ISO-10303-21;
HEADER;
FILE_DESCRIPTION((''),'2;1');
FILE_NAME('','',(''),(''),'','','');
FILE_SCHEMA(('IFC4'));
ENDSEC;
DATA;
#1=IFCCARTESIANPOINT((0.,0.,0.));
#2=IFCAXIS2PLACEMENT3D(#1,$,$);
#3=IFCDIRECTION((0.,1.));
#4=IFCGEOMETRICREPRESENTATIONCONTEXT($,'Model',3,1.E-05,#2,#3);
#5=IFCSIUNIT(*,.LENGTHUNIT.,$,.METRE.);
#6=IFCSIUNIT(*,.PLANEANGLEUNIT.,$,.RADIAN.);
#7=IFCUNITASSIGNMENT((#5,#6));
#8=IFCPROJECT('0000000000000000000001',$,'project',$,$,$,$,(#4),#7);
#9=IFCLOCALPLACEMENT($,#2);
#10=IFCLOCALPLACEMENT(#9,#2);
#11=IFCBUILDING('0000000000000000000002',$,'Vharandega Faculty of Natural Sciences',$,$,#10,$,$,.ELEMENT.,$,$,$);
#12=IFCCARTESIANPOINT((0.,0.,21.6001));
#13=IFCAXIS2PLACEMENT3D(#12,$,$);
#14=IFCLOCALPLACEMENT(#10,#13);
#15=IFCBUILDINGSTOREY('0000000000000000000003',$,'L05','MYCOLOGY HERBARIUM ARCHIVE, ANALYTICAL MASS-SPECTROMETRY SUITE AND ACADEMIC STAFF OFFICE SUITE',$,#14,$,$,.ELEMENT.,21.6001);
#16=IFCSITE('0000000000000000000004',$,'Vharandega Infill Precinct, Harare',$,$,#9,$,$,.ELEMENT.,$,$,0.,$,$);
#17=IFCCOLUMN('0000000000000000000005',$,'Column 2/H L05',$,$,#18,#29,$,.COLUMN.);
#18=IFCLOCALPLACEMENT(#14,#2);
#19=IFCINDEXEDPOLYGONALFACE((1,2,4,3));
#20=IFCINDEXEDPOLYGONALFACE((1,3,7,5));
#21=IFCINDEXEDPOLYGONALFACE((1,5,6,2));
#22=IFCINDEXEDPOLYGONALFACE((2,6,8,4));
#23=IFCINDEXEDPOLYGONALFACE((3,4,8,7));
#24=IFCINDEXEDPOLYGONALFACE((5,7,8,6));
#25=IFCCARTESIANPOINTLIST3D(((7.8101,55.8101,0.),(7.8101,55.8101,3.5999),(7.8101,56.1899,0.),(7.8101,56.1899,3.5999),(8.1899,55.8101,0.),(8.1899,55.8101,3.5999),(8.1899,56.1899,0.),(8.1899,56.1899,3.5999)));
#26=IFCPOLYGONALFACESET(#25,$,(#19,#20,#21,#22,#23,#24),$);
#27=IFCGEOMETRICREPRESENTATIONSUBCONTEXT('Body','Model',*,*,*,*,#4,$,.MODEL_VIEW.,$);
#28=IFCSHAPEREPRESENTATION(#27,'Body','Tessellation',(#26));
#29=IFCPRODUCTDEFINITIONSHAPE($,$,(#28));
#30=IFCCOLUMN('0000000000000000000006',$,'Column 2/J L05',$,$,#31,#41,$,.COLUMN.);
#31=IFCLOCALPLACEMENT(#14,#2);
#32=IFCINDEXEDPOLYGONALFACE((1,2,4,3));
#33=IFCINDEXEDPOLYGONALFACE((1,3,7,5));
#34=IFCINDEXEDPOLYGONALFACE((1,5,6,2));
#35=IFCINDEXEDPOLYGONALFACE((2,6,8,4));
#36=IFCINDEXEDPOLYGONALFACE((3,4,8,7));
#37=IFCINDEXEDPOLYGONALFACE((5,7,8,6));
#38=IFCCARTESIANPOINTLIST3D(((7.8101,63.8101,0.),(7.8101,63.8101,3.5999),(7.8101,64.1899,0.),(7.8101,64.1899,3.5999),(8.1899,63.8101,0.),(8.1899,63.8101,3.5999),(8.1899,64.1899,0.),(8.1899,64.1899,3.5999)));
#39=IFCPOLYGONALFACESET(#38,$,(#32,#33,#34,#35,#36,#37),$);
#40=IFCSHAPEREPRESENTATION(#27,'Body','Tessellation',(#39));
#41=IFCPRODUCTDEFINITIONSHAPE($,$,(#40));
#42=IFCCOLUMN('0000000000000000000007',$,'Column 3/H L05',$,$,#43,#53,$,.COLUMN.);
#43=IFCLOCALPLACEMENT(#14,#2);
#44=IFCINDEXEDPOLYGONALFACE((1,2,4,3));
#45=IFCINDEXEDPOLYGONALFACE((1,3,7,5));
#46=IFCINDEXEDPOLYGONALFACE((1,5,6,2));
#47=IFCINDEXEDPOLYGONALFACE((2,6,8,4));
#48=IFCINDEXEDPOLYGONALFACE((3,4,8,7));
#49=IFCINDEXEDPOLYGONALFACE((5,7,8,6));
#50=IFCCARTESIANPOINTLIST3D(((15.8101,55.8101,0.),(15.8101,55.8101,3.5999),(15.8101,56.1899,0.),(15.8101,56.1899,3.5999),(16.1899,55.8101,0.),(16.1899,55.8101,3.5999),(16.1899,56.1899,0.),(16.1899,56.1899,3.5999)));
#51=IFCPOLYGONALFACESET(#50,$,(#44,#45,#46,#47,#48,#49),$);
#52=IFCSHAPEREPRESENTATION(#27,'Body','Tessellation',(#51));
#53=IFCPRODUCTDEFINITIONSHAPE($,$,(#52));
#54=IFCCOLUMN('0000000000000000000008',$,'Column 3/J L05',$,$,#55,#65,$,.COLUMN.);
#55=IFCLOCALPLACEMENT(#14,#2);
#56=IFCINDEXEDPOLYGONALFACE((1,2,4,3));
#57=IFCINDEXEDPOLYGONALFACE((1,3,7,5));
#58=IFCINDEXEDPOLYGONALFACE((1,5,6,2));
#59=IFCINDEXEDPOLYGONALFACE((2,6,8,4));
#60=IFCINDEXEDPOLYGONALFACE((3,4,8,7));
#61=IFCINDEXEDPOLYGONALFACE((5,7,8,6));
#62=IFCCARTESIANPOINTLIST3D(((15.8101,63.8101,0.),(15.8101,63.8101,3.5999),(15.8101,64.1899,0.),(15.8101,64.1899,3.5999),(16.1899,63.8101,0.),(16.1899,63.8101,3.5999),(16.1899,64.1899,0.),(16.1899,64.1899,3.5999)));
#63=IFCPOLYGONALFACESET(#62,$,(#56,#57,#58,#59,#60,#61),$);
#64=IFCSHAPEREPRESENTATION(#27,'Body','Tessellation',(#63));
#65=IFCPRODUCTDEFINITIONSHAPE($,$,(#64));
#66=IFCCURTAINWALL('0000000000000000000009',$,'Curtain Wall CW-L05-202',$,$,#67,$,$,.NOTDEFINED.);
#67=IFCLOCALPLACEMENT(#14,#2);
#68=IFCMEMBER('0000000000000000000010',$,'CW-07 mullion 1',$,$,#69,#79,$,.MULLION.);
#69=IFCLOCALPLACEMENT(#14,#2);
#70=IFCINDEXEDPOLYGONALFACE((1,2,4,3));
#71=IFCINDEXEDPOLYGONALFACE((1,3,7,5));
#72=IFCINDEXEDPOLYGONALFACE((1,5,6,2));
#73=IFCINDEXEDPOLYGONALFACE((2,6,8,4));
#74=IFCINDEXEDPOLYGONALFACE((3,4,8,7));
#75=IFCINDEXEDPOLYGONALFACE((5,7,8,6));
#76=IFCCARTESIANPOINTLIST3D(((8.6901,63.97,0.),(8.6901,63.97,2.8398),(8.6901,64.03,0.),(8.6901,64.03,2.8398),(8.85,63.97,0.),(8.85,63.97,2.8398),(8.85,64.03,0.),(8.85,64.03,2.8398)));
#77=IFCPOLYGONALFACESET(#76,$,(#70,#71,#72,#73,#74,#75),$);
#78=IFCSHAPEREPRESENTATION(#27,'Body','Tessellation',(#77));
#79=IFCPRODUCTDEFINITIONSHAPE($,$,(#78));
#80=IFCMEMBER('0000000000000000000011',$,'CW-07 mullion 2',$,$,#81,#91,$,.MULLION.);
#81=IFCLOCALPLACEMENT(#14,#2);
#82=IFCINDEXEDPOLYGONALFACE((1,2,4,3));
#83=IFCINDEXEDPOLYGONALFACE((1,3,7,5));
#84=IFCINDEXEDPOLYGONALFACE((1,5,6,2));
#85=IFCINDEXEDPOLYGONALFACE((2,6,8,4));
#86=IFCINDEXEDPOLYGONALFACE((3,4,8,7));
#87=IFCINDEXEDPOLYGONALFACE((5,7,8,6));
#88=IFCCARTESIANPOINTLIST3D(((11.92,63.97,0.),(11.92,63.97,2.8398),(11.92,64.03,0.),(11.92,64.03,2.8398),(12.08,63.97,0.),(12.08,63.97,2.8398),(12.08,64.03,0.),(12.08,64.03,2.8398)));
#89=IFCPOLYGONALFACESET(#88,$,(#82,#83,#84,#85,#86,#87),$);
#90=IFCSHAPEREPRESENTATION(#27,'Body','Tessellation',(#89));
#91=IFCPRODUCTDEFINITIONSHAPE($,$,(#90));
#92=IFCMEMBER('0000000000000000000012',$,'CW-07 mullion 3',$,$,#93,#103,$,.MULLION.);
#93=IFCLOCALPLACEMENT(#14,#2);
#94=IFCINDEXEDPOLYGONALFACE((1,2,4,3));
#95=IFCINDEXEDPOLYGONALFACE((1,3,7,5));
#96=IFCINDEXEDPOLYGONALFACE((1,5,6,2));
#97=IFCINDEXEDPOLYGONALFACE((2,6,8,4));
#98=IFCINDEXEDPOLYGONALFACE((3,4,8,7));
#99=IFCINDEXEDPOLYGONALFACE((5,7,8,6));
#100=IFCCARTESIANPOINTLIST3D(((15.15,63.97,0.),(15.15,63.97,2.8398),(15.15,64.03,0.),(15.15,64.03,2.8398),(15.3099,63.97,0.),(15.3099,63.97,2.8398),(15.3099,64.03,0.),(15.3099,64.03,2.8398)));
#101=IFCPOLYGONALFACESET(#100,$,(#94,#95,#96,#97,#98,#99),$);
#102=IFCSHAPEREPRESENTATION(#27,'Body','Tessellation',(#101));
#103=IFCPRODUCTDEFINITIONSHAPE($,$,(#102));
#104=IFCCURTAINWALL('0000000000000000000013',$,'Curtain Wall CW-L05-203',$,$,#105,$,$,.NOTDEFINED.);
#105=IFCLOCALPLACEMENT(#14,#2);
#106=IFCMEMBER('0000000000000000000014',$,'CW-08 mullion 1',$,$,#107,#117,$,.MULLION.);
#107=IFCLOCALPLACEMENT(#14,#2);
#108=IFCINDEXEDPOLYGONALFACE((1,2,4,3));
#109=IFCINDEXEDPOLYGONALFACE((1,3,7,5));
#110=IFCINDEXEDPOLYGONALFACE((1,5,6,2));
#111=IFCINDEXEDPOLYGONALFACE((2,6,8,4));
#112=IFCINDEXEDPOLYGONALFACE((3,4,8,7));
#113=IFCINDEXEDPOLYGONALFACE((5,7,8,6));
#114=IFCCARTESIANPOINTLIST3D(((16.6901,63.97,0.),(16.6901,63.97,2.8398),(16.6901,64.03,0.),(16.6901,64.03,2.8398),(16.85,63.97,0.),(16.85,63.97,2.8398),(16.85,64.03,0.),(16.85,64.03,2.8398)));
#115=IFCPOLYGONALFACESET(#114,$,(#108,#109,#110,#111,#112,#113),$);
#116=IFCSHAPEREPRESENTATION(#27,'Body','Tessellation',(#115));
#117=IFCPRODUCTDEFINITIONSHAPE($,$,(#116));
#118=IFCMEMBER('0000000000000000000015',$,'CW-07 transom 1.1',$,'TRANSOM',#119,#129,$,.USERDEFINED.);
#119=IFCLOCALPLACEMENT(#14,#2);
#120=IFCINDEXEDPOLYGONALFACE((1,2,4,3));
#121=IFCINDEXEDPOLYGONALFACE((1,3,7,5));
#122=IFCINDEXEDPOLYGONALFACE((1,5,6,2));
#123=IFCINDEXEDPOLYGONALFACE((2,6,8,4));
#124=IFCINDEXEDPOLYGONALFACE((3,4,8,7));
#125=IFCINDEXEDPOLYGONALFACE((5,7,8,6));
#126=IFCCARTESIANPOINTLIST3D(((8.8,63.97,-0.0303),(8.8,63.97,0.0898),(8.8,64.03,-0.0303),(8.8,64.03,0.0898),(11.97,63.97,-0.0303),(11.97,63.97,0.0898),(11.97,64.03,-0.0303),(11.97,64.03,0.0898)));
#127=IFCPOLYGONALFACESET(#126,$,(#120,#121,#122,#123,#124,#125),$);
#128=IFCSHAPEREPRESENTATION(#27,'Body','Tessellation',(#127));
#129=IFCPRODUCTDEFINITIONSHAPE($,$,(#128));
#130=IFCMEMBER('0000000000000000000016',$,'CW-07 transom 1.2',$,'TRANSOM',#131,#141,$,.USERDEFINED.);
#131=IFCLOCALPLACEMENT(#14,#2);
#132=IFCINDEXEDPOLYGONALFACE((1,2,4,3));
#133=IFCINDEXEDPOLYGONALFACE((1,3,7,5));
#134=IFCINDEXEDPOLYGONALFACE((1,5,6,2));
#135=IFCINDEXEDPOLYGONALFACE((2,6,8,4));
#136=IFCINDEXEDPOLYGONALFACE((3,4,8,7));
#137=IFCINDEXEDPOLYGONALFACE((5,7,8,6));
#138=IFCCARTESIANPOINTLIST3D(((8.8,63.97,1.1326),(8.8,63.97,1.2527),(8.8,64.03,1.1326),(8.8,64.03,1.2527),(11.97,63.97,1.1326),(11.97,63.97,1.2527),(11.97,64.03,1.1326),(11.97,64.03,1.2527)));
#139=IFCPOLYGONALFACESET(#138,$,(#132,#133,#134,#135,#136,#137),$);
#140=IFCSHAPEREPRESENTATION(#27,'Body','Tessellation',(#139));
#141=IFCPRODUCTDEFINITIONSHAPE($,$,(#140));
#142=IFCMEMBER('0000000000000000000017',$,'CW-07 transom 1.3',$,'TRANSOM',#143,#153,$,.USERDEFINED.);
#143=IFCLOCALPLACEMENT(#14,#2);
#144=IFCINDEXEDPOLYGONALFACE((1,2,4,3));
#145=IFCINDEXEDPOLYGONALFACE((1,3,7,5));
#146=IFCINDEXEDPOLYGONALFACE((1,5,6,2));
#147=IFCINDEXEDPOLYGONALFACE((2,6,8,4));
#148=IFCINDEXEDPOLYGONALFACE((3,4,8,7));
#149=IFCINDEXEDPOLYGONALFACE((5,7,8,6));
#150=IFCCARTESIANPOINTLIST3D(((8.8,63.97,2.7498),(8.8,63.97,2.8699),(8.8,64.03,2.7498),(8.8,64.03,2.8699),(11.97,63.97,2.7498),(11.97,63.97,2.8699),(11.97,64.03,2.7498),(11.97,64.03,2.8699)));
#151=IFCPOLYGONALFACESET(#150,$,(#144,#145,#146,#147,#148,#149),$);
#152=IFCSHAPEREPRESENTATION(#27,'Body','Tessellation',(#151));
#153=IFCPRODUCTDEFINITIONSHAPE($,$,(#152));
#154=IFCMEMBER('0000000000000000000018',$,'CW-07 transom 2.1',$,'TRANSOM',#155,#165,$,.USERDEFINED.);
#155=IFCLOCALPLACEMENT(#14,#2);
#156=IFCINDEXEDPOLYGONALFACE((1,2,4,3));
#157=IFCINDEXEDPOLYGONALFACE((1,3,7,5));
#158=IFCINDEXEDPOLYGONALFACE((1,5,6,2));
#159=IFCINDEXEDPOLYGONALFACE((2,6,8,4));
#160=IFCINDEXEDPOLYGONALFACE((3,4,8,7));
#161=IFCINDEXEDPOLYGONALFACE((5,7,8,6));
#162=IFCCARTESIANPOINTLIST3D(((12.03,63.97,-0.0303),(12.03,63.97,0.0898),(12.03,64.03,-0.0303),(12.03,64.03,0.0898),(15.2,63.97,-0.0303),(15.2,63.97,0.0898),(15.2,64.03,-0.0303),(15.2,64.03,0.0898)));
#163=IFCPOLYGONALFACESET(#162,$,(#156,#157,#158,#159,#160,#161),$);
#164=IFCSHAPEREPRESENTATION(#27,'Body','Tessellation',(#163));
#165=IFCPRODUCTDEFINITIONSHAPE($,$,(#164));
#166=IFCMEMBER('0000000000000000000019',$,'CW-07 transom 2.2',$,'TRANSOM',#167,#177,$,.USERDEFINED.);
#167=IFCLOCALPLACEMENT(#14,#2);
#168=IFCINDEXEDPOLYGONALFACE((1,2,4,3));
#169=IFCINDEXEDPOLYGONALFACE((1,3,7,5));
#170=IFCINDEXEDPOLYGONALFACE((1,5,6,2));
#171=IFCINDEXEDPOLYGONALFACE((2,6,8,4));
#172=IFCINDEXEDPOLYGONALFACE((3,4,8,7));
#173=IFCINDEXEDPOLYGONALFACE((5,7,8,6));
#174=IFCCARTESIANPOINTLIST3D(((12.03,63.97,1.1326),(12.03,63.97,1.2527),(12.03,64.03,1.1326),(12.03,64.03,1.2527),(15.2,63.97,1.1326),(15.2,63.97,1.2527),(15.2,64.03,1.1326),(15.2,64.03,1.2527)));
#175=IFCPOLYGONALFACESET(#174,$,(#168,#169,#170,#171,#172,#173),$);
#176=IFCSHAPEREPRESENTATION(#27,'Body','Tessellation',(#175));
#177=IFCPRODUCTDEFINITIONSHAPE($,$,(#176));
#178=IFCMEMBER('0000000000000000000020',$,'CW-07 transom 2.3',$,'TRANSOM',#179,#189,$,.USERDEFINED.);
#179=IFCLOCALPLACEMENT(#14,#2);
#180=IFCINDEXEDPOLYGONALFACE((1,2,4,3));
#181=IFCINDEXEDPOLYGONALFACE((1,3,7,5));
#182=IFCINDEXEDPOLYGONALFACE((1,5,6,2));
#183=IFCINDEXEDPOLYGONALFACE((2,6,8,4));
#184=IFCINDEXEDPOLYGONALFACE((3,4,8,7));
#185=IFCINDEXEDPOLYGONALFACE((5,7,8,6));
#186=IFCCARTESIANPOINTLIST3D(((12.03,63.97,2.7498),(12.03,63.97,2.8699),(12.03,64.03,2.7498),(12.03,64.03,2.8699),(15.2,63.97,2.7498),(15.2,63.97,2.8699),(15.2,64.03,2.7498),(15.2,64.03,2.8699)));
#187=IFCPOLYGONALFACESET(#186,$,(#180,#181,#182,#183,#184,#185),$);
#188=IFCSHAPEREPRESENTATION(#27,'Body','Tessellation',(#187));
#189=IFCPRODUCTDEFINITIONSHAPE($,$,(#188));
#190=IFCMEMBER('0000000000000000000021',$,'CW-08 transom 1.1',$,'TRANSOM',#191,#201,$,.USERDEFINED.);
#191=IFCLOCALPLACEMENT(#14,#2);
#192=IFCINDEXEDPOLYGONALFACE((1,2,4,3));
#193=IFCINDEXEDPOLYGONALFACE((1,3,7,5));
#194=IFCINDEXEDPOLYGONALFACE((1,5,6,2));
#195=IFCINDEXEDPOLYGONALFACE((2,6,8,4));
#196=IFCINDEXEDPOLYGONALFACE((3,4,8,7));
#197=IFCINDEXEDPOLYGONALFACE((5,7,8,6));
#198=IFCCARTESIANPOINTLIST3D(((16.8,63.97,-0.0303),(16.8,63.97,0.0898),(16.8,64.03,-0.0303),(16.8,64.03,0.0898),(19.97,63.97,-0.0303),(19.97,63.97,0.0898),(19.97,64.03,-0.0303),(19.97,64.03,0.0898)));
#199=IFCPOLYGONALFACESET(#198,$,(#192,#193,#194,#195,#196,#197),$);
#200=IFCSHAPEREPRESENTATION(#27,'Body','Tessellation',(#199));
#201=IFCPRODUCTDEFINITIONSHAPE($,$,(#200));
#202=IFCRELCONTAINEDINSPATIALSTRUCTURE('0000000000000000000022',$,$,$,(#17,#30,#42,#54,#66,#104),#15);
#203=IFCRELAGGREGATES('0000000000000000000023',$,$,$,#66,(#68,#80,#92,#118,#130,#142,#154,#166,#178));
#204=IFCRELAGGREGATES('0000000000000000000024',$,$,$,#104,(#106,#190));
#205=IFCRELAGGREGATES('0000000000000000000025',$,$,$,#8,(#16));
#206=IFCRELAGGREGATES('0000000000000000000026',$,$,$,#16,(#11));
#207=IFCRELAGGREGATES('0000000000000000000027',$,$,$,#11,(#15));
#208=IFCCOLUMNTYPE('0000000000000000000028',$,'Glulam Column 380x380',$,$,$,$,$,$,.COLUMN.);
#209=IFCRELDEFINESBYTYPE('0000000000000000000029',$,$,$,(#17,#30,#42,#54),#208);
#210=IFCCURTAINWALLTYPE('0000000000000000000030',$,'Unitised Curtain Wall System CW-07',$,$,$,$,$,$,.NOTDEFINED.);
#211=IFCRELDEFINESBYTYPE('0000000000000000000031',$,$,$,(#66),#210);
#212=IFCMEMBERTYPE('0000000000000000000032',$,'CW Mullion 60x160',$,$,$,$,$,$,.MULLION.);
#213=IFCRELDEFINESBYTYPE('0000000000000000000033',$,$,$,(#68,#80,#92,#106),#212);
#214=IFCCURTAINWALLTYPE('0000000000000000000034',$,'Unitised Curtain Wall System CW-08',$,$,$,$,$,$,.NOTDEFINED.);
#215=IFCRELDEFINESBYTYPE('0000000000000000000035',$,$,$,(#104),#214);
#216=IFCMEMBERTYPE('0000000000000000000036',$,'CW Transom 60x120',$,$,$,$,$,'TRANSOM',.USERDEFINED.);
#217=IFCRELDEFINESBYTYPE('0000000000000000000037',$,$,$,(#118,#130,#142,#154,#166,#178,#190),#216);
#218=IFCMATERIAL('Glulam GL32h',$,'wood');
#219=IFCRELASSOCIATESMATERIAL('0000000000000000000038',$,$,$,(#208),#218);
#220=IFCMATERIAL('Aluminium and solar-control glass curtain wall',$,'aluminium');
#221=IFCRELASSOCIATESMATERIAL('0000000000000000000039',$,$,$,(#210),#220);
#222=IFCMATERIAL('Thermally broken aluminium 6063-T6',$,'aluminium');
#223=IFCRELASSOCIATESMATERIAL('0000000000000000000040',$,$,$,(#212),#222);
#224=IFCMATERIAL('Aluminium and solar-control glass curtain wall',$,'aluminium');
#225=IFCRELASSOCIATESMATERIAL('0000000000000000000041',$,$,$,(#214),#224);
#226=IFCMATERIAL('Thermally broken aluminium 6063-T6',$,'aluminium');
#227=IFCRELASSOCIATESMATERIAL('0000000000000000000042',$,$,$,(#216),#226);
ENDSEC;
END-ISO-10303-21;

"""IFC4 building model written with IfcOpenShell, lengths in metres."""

from ifc_helpers import new_model, si_unit, direction, frame, origin, origin_2d, place, context, subcontext, project, spatial, rectangle, extrude, material, material_profile, profile_set, type_object, element, aggregate, save


model = new_model("IFC4")

# Units and contexts
model_context = context("Model", 3, precision=1e-05, world=origin(), true_north=direction((0.0, 1.0)))
body_context = subcontext(model_context, "Body", "Model", "MODEL_VIEW")
ifc_project = project(units=[si_unit("LENGTHUNIT", "METRE"), si_unit("PLANEANGLEUNIT", "RADIAN")], contexts=[model_context])

# Site, building, storey
site_placement = place(None, origin())
site = spatial("IfcSite", under=ifc_project, at=site_placement, Name="Vharandega Infill Precinct, Harare", CompositionType="ELEMENT", RefElevation=0.0)
building_placement = place(site_placement, origin())
building = spatial("IfcBuilding", under=site, at=building_placement, Name="Vharandega Faculty of Natural Sciences", CompositionType="ELEMENT")
storey_placement = place(building_placement, frame((0.0, 0.0, 21.6001)))
storey = spatial("IfcBuildingStorey", under=building, at=storey_placement, Name="L05", Description="MYCOLOGY HERBARIUM ARCHIVE, ANALYTICAL MASS-SPECTROMETRY SUITE AND ACADEMIC STAFF OFFICE SUITE", CompositionType="ELEMENT", Elevation=21.6001)

# Columns
ifc_material_1 = material(Name="Glulam GL32h", Category="wood")
ifc_material_profile_1 = material_profile(ifc_material_1, rectangle(XDim=0.3799, YDim=0.3799, at=origin_2d()), Name="GL32h 380x380")
ifc_profile_set_1 = profile_set([ifc_material_profile_1], Name="Glulam GL32h")
column_type = type_object("IfcColumnType", Name="Glulam Column 380x380", PredefinedType="COLUMN", material=ifc_profile_set_1)
for number, where, z_axis, x_axis, name in (
    (1, (8.0, 56.0, 0.0), (0.0, 0.0, 1.0), (1.0, 0.0, 0.0), "Column 2/H L05"),
    (2, (8.0, 64.0, 0.0), (0.0, 0.0, 1.0), (1.0, 0.0, 0.0), "Column 2/J L05"),
    (3, (16.0, 56.0, 0.0), (0.0, 0.0, 1.0), (1.0, 0.0, 0.0), "Column 3/H L05"),
    (4, (16.0, 64.0, 0.0), (0.0, 0.0, 1.0), (1.0, 0.0, 0.0), "Column 3/J L05"),
):
    element("IfcColumn", number, at=place(storey_placement, frame(where, z_axis=z_axis, x_axis=x_axis)), inside=storey, type_object=column_type, Name=name, PredefinedType="COLUMN", context=body_context, shape_type="SweptSolid", body=[
        extrude(rectangle(XDim=0.3799, YDim=0.3799, at=origin_2d()), origin(), (0.0, 0.0, 1.0), 3.5999),
    ])

# Curtain wall, members
ifc_material_2 = material(Name="Aluminium and solar-control glass curtain wall", Category="aluminium")
curtain_wall_type_1 = type_object("IfcCurtainWallType", Name="Unitised Curtain Wall System CW-07", PredefinedType="NOTDEFINED", material=ifc_material_2)
curtain_wall_1_placement = place(storey_placement, origin())
curtain_wall_1 = element("IfcCurtainWall", 5, at=curtain_wall_1_placement, inside=storey, type_object=curtain_wall_type_1, Name="Curtain Wall CW-L05-202", PredefinedType="NOTDEFINED")
ifc_material_3 = material(Name="Thermally broken aluminium 6063-T6", Category="aluminium")
ifc_material_profile_2 = material_profile(ifc_material_3, rectangle(XDim=0.0601, YDim=0.1599, at=origin_2d()), Name="ALU 60x160")
ifc_profile_set_2 = profile_set([ifc_material_profile_2], Name="Thermally broken aluminium 6063-T6")
member_type_1 = type_object("IfcMemberType", Name="CW Mullion 60x160", PredefinedType="MULLION", material=ifc_profile_set_2)
member_1_placement = place(storey_placement, frame((8.77, 64.0, 0.0), z_axis=(0.0, 0.0, 1.0), x_axis=(0.0, 1.0, 0.0)))
member_1 = element("IfcMember", 6, at=member_1_placement, type_object=member_type_1, Name="CW-07 mullion 1", PredefinedType="MULLION", context=body_context, shape_type="SweptSolid", body=[
    extrude(rectangle(XDim=0.0601, YDim=0.1599, at=origin_2d()), origin(), (0.0, 0.0, 1.0), 2.8398),
])
member_2_placement = place(storey_placement, frame((12.0, 64.0, 0.0), z_axis=(0.0, 0.0, 1.0), x_axis=(0.0, 1.0, 0.0)))
member_2 = element("IfcMember", 7, at=member_2_placement, type_object=member_type_1, Name="CW-07 mullion 2", PredefinedType="MULLION", context=body_context, shape_type="SweptSolid", body=[
    extrude(rectangle(XDim=0.0601, YDim=0.1599, at=origin_2d()), origin(), (0.0, 0.0, 1.0), 2.8398),
])
member_3_placement = place(storey_placement, frame((15.23, 64.0, 0.0), z_axis=(0.0, 0.0, 1.0), x_axis=(0.0, 1.0, 0.0)))
member_3 = element("IfcMember", 8, at=member_3_placement, type_object=member_type_1, Name="CW-07 mullion 3", PredefinedType="MULLION", context=body_context, shape_type="SweptSolid", body=[
    extrude(rectangle(XDim=0.0601, YDim=0.1599, at=origin_2d()), origin(), (0.0, 0.0, 1.0), 2.8398),
])

# Curtain wall, member
ifc_material_4 = material(Name="Aluminium and solar-control glass curtain wall", Category="aluminium")
curtain_wall_type_2 = type_object("IfcCurtainWallType", Name="Unitised Curtain Wall System CW-08", PredefinedType="NOTDEFINED", material=ifc_material_4)
curtain_wall_2_placement = place(storey_placement, origin())
curtain_wall_2 = element("IfcCurtainWall", 9, at=curtain_wall_2_placement, inside=storey, type_object=curtain_wall_type_2, Name="Curtain Wall CW-L05-203", PredefinedType="NOTDEFINED")
member_4_placement = place(storey_placement, frame((16.77, 64.0, 0.0), z_axis=(0.0, 0.0, 1.0), x_axis=(0.0, 1.0, 0.0)))
member_4 = element("IfcMember", 10, at=member_4_placement, type_object=member_type_1, Name="CW-08 mullion 1", PredefinedType="MULLION", context=body_context, shape_type="SweptSolid", body=[
    extrude(rectangle(XDim=0.0601, YDim=0.1599, at=origin_2d()), origin(), (0.0, 0.0, 1.0), 2.8398),
])

# Members
ifc_material_5 = material(Name="Thermally broken aluminium 6063-T6", Category="aluminium")
ifc_material_profile_3 = material_profile(ifc_material_5, rectangle(XDim=0.0601, YDim=0.1201, at=origin_2d()), Name="ALU 60x120")
ifc_profile_set_3 = profile_set([ifc_material_profile_3], Name="Thermally broken aluminium 6063-T6")
member_type_2 = type_object("IfcMemberType", Name="CW Transom 60x120", ElementType="TRANSOM", PredefinedType="USERDEFINED", material=ifc_profile_set_3)
member_5_placement = place(storey_placement, frame((8.8, 64.0, 0.0298), z_axis=(1.0, 0.0, 0.0), x_axis=(0.0, 1.0, 0.0)))
member_5 = element("IfcMember", 11, at=member_5_placement, type_object=member_type_2, Name="CW-07 transom 1.1", ObjectType="TRANSOM", PredefinedType="USERDEFINED", context=body_context, shape_type="SweptSolid", body=[
    extrude(rectangle(XDim=0.0601, YDim=0.1201, at=origin_2d()), origin(), (0.0, 0.0, 1.0), 3.1699),
])
member_6_placement = place(storey_placement, frame((8.8, 64.0, 1.1926), z_axis=(1.0, 0.0, 0.0), x_axis=(0.0, 1.0, 0.0)))
member_6 = element("IfcMember", 12, at=member_6_placement, type_object=member_type_2, Name="CW-07 transom 1.2", ObjectType="TRANSOM", PredefinedType="USERDEFINED", context=body_context, shape_type="SweptSolid", body=[
    extrude(rectangle(XDim=0.0601, YDim=0.1201, at=origin_2d()), origin(), (0.0, 0.0, 1.0), 3.1699),
])
member_7_placement = place(storey_placement, frame((8.8, 64.0, 2.8098), z_axis=(1.0, 0.0, 0.0), x_axis=(0.0, 1.0, 0.0)))
member_7 = element("IfcMember", 13, at=member_7_placement, type_object=member_type_2, Name="CW-07 transom 1.3", ObjectType="TRANSOM", PredefinedType="USERDEFINED", context=body_context, shape_type="SweptSolid", body=[
    extrude(rectangle(XDim=0.0601, YDim=0.1201, at=origin_2d()), origin(), (0.0, 0.0, 1.0), 3.1699),
])
member_8_placement = place(storey_placement, frame((12.03, 64.0, 0.0298), z_axis=(1.0, 0.0, 0.0), x_axis=(0.0, 1.0, 0.0)))
member_8 = element("IfcMember", 14, at=member_8_placement, type_object=member_type_2, Name="CW-07 transom 2.1", ObjectType="TRANSOM", PredefinedType="USERDEFINED", context=body_context, shape_type="SweptSolid", body=[
    extrude(rectangle(XDim=0.0601, YDim=0.1201, at=origin_2d()), origin(), (0.0, 0.0, 1.0), 3.1699),
])
member_9_placement = place(storey_placement, frame((12.03, 64.0, 1.1926), z_axis=(1.0, 0.0, 0.0), x_axis=(0.0, 1.0, 0.0)))
member_9 = element("IfcMember", 15, at=member_9_placement, type_object=member_type_2, Name="CW-07 transom 2.2", ObjectType="TRANSOM", PredefinedType="USERDEFINED", context=body_context, shape_type="SweptSolid", body=[
    extrude(rectangle(XDim=0.0601, YDim=0.1201, at=origin_2d()), origin(), (0.0, 0.0, 1.0), 3.1699),
])
member_10_placement = place(storey_placement, frame((12.03, 64.0, 2.8098), z_axis=(1.0, 0.0, 0.0), x_axis=(0.0, 1.0, 0.0)))
member_10 = element("IfcMember", 16, at=member_10_placement, type_object=member_type_2, Name="CW-07 transom 2.3", ObjectType="TRANSOM", PredefinedType="USERDEFINED", context=body_context, shape_type="SweptSolid", body=[
    extrude(rectangle(XDim=0.0601, YDim=0.1201, at=origin_2d()), origin(), (0.0, 0.0, 1.0), 3.1699),
])
member_11_placement = place(storey_placement, frame((16.8, 64.0, 0.0298), z_axis=(1.0, 0.0, 0.0), x_axis=(0.0, 1.0, 0.0)))
member_11 = element("IfcMember", 17, at=member_11_placement, type_object=member_type_2, Name="CW-08 transom 1.1", ObjectType="TRANSOM", PredefinedType="USERDEFINED", context=body_context, shape_type="SweptSolid", body=[
    extrude(rectangle(XDim=0.0601, YDim=0.1201, at=origin_2d()), origin(), (0.0, 0.0, 1.0), 3.1699),
])

aggregate(curtain_wall_1, [member_1, member_2, member_3, member_5, member_6, member_7, member_8, member_9, member_10])
aggregate(curtain_wall_2, [member_4, member_11])

save(model, "model.ifc")
